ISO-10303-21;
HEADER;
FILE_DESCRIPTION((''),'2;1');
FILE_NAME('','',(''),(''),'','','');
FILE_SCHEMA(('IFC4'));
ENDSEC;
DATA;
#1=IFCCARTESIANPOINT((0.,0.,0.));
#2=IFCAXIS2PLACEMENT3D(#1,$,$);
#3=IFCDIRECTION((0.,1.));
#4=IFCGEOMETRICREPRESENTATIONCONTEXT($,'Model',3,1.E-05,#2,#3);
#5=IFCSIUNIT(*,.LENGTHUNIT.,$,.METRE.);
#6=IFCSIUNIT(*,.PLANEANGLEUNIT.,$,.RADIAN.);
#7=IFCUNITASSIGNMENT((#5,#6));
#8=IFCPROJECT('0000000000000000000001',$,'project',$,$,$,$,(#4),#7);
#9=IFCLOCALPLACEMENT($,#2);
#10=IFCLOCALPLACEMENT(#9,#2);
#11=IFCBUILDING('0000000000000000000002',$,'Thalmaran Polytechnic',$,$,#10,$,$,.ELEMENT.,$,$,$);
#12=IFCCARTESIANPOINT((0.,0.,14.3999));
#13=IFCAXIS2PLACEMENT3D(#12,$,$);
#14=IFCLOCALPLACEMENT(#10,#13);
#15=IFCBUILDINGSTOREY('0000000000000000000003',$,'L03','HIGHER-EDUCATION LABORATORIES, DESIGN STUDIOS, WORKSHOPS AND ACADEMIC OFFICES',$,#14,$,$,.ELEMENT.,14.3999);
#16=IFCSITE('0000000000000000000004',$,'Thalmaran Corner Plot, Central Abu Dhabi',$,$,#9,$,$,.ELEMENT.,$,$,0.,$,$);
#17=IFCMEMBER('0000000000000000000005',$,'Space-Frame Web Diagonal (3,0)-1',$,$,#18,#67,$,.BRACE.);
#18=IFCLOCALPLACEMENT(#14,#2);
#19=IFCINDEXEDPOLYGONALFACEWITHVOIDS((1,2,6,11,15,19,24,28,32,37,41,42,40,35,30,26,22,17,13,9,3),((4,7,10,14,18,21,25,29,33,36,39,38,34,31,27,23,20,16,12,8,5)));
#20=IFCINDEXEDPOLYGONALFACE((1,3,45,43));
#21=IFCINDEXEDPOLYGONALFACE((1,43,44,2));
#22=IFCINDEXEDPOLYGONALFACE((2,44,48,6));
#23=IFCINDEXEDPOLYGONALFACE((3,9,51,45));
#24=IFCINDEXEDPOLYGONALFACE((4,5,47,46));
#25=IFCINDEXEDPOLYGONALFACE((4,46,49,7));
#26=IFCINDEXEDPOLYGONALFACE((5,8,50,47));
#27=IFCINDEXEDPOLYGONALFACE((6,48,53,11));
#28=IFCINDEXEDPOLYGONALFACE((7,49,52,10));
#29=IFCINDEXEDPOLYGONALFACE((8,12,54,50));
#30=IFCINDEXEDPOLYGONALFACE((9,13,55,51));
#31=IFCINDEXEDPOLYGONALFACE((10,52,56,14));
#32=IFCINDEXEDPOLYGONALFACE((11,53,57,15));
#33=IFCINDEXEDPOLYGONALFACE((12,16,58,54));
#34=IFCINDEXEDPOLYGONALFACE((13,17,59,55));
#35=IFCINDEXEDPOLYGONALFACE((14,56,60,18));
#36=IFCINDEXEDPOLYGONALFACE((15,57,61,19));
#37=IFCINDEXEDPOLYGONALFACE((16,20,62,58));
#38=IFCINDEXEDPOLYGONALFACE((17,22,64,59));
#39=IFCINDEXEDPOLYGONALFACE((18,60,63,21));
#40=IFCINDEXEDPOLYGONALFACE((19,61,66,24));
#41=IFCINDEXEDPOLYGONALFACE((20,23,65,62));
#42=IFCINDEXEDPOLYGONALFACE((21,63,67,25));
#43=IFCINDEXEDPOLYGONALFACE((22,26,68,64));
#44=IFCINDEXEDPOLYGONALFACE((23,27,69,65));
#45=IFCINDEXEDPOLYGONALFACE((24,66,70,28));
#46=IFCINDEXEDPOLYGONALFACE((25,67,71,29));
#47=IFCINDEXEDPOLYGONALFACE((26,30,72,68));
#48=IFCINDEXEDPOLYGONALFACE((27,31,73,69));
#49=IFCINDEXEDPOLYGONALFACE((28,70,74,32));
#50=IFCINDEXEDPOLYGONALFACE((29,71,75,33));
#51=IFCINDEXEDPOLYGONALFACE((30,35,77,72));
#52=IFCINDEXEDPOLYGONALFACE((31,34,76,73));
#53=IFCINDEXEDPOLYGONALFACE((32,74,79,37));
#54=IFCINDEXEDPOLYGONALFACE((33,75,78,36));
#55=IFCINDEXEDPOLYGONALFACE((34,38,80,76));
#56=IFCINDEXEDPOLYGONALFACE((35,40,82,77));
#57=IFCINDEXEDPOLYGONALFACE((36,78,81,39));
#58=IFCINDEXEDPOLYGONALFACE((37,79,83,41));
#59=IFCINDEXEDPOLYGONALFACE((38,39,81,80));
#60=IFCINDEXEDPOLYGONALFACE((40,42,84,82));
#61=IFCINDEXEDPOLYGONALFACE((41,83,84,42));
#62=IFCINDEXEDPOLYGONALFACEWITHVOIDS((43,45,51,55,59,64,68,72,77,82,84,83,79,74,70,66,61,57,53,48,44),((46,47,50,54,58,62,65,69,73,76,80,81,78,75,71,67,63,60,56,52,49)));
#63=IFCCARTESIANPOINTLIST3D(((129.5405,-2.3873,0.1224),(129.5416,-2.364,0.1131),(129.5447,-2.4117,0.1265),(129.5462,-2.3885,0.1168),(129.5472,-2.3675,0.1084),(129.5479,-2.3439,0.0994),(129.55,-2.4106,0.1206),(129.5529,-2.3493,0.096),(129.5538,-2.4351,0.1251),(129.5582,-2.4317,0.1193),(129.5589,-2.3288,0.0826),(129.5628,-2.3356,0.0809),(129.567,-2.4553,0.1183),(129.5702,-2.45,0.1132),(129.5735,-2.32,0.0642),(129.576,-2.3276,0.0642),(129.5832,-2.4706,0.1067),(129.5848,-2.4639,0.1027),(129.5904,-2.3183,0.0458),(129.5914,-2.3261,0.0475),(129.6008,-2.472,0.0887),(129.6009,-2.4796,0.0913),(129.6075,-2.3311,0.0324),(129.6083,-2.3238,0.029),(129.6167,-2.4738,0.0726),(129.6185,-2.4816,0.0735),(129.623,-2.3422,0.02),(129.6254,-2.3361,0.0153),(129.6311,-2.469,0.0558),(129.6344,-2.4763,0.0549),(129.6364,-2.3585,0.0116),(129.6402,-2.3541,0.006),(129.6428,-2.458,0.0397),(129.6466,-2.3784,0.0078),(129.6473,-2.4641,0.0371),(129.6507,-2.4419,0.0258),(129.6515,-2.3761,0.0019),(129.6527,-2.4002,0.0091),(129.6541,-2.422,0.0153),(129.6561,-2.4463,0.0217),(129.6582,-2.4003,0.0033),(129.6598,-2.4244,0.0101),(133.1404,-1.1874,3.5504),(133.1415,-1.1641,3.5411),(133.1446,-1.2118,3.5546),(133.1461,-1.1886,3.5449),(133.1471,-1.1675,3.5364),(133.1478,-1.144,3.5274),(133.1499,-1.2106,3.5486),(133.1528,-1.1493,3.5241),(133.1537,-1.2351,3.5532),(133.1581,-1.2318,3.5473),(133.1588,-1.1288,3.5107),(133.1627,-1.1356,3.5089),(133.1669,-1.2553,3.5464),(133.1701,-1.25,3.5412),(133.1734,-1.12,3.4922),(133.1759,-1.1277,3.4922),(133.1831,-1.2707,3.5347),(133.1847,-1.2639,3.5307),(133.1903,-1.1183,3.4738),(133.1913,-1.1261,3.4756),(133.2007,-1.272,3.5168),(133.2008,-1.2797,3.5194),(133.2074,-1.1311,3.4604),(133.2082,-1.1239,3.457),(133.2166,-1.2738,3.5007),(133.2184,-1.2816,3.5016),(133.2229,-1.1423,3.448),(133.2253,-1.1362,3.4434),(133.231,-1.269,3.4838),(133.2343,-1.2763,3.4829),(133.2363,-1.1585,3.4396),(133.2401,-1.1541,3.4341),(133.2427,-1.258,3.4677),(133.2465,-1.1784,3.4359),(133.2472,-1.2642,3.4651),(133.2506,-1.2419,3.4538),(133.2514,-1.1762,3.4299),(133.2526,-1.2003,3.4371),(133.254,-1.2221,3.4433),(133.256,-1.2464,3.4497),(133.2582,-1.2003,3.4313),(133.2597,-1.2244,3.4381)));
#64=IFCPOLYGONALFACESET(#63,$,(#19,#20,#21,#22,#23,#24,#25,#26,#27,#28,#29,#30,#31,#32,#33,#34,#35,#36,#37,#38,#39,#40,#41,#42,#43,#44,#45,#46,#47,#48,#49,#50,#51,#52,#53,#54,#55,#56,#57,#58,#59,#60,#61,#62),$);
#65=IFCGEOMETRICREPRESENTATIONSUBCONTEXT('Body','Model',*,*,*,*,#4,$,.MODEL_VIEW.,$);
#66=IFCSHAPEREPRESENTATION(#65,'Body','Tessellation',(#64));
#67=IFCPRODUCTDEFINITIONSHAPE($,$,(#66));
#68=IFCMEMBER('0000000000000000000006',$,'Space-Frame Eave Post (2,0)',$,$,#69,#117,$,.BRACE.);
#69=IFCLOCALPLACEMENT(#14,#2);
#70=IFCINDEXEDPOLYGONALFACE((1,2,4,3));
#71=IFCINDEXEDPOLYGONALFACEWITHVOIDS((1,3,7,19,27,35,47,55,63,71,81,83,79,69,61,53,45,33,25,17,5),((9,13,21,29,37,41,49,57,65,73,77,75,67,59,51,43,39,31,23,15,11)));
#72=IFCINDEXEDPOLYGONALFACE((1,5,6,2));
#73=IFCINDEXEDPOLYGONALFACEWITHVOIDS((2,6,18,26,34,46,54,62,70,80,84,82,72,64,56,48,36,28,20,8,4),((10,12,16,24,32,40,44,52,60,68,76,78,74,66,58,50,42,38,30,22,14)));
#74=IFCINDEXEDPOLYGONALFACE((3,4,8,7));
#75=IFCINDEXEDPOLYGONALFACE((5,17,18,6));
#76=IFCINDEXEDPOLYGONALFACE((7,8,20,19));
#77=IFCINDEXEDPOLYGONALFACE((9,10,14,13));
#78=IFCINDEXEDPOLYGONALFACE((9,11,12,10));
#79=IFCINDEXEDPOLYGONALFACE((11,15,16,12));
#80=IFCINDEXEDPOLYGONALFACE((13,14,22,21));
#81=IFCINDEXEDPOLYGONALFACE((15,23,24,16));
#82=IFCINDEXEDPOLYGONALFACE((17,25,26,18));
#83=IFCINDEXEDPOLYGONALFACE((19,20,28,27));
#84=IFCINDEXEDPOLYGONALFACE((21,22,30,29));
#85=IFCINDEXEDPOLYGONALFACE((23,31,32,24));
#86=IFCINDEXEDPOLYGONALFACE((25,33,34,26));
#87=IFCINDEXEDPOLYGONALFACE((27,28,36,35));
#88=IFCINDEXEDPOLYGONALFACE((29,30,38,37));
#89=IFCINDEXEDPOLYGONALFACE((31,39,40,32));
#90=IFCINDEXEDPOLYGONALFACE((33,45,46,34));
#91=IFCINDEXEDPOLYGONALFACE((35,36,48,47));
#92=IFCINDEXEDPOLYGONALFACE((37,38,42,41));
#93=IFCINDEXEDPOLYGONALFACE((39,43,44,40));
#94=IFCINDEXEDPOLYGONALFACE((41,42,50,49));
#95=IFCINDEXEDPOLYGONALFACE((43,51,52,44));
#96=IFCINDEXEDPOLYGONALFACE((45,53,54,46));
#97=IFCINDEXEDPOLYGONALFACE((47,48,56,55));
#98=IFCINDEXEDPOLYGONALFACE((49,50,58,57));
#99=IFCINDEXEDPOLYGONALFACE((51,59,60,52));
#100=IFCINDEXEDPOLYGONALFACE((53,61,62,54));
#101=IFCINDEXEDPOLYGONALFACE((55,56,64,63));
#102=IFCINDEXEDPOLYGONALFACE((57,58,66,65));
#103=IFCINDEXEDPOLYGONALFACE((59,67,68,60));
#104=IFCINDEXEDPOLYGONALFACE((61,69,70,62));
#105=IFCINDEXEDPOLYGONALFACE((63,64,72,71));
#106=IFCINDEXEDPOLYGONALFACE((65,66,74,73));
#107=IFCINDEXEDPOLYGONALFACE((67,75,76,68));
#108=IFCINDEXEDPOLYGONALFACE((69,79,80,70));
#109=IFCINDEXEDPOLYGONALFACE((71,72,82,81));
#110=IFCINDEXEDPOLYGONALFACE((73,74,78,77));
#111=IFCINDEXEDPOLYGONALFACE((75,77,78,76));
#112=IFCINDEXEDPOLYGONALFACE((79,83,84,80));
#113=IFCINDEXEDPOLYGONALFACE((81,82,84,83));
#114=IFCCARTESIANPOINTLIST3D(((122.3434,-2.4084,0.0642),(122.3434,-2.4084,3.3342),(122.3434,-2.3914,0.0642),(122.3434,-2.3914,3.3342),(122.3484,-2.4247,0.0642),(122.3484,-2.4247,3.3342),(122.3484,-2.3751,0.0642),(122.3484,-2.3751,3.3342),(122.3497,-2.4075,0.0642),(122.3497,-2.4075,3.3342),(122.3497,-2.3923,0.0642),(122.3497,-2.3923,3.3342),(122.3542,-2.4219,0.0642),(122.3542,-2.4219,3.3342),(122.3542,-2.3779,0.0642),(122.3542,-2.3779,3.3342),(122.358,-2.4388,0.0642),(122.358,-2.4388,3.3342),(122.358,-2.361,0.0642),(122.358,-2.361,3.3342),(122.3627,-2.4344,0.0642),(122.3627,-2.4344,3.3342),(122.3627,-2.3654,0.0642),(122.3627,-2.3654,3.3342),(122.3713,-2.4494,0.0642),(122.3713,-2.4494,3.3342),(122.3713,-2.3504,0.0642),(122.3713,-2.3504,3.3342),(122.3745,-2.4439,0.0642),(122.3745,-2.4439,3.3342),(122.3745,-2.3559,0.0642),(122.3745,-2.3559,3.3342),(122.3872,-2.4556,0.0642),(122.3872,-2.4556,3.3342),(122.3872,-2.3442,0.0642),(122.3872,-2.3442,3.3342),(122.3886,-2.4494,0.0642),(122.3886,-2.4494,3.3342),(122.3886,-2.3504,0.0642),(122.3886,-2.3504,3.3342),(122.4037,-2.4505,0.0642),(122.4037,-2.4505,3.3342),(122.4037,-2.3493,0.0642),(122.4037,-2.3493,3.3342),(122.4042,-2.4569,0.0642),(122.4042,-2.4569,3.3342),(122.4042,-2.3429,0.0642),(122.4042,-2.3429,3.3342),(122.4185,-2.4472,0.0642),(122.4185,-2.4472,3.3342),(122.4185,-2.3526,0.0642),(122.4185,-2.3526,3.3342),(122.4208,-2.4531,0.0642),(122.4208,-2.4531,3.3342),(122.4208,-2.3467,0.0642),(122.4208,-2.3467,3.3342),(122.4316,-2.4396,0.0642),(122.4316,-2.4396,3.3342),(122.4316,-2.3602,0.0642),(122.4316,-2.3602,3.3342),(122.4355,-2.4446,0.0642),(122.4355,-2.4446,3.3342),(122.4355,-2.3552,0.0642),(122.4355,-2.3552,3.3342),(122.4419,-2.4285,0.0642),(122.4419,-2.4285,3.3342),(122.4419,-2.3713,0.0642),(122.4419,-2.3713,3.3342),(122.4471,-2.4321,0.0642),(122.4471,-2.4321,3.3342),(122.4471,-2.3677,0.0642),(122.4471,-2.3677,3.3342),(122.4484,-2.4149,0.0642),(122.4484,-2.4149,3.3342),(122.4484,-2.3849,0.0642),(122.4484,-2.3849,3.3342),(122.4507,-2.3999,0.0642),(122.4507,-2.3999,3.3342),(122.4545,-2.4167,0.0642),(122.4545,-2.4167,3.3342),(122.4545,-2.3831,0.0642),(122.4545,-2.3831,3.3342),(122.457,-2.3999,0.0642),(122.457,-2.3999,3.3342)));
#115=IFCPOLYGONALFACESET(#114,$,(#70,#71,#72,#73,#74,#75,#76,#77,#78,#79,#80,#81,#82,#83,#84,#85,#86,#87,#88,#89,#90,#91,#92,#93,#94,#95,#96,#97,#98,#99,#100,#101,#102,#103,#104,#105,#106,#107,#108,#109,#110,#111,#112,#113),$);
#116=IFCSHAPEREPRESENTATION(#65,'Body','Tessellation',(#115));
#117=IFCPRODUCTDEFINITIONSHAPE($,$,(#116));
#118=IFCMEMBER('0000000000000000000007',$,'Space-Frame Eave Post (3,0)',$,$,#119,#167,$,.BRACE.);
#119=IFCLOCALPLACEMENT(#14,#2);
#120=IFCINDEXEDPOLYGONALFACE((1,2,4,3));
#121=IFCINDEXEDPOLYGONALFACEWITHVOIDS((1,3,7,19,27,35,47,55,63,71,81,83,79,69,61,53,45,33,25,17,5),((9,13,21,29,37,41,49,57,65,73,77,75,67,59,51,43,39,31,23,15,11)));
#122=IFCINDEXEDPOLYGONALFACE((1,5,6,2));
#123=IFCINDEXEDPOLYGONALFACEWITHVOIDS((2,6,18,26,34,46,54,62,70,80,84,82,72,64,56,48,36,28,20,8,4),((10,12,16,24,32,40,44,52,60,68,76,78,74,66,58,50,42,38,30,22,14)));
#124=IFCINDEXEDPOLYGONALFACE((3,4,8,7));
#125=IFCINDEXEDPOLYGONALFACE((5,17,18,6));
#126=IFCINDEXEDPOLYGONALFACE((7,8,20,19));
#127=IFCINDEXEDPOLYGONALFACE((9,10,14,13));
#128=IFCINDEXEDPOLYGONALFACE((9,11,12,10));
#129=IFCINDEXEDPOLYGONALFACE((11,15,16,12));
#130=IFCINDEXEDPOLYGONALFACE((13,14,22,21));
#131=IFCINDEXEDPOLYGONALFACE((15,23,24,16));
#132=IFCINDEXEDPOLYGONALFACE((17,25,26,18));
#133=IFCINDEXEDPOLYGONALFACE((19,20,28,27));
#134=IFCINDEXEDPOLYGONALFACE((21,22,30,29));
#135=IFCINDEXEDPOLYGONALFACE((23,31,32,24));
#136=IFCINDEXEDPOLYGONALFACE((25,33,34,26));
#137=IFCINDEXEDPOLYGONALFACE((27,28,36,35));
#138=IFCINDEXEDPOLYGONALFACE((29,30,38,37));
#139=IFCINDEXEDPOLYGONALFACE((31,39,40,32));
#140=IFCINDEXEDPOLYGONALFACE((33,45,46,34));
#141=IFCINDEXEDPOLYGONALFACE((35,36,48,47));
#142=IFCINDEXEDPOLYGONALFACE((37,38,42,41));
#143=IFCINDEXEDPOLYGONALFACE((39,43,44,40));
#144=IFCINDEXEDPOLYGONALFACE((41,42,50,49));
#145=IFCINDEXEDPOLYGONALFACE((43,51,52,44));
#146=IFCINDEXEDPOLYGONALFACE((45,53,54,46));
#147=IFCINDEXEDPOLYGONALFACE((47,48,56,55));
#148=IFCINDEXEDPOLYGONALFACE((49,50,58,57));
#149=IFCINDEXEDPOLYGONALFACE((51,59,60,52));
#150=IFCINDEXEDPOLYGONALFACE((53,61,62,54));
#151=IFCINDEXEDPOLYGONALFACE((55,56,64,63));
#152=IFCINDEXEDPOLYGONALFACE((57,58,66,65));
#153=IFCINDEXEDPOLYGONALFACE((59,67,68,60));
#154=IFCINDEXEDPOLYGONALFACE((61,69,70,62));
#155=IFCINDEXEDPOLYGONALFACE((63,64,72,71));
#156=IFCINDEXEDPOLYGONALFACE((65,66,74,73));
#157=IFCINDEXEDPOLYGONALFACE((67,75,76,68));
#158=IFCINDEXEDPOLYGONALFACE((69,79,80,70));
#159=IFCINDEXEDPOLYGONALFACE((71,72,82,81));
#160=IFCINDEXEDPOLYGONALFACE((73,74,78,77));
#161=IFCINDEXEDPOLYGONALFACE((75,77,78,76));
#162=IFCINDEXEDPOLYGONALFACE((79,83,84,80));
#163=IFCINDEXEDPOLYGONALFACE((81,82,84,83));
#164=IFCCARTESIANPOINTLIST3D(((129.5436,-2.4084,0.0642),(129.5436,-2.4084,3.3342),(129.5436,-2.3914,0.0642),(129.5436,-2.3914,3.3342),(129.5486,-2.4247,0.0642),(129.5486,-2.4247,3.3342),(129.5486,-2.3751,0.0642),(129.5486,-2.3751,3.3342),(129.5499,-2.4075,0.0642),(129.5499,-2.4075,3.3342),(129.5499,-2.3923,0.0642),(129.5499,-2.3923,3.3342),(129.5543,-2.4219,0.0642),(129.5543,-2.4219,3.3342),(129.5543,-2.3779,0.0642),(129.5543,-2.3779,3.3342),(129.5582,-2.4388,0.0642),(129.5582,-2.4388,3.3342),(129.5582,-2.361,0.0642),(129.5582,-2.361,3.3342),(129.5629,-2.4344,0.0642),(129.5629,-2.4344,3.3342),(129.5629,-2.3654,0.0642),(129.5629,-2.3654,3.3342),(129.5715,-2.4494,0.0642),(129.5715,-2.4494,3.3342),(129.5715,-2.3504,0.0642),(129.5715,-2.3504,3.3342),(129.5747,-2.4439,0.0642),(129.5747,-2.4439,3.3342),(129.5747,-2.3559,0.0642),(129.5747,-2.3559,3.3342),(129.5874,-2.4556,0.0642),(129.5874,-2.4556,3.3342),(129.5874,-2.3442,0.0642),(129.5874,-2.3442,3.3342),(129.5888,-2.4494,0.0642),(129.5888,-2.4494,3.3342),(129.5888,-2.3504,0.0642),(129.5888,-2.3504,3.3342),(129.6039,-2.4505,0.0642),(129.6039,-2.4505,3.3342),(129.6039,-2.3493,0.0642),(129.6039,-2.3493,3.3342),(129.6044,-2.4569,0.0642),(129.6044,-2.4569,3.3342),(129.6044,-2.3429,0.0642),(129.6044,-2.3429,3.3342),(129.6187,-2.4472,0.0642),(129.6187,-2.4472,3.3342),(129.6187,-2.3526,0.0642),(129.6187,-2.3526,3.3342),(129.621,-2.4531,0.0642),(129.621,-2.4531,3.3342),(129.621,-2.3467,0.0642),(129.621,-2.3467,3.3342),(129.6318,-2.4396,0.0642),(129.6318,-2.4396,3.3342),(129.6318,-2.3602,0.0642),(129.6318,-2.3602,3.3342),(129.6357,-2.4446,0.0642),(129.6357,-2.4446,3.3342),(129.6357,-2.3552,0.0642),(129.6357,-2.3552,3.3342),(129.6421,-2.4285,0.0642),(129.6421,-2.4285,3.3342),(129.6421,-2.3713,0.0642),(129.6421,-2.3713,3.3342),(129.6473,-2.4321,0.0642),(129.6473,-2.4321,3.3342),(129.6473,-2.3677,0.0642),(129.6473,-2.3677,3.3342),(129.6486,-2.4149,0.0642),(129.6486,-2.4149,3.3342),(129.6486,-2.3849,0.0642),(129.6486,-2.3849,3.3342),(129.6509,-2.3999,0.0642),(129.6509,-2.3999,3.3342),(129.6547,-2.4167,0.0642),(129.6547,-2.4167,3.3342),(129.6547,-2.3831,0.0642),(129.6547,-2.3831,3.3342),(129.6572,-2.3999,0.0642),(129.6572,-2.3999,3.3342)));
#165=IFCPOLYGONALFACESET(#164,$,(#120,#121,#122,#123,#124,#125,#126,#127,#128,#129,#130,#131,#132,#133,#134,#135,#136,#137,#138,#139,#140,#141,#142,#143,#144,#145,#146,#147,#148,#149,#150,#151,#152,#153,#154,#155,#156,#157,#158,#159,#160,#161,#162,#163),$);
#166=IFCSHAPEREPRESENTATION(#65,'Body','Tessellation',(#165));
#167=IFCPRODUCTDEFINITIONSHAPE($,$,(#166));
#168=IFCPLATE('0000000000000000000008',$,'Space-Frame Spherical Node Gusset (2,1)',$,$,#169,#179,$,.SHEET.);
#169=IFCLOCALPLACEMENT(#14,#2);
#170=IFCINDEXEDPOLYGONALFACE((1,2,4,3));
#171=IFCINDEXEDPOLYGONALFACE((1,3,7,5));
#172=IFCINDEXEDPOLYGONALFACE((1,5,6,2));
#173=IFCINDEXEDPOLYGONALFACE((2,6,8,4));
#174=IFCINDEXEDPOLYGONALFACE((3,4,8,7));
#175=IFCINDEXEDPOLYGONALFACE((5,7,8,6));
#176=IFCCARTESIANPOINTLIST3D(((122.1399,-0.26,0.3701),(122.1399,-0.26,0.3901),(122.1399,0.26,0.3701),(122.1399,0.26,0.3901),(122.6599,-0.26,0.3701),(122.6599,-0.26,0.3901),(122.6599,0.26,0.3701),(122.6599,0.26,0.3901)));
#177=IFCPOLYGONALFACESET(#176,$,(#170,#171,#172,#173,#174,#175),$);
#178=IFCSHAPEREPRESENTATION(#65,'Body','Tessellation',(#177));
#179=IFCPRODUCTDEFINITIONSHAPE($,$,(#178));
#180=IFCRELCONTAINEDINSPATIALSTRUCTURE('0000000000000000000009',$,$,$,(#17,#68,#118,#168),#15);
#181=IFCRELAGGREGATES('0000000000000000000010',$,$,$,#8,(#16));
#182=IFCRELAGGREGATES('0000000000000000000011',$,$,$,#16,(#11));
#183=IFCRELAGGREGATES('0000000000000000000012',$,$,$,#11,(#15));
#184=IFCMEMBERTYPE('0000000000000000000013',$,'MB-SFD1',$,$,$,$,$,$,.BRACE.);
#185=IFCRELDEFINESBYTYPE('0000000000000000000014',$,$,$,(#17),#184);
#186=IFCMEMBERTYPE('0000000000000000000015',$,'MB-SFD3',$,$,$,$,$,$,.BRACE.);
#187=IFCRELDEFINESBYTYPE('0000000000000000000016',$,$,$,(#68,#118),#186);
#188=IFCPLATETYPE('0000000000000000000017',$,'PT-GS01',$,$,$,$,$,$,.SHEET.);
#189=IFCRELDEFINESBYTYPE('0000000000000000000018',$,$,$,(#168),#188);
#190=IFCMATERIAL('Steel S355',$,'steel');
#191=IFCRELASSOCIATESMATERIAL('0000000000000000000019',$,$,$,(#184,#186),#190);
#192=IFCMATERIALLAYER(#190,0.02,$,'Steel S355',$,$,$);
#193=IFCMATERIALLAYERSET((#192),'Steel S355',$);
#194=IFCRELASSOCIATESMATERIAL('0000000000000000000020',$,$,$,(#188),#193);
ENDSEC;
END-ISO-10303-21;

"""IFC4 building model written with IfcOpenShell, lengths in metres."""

from ifc_helpers import new_model, si_unit, direction, frame, origin, origin_2d, place, context, subcontext, project, spatial, rectangle, hollow_circle, extrude, material, layer, layer_set, material_profile, profile_set, type_object, element, save


model = new_model("IFC4")

# Units and contexts
model_context = context("Model", 3, precision=1e-05, world=origin(), true_north=direction((0.0, 1.0)))
body_context = subcontext(model_context, "Body", "Model", "MODEL_VIEW")
ifc_project = project(units=[si_unit("LENGTHUNIT", "METRE"), si_unit("PLANEANGLEUNIT", "RADIAN")], contexts=[model_context])

# Site, building, storey
site_placement = place(None, origin())
site = spatial("IfcSite", under=ifc_project, at=site_placement, Name="Thalmaran Corner Plot, Central Abu Dhabi", CompositionType="ELEMENT", RefElevation=0.0)
building_placement = place(site_placement, origin())
building = spatial("IfcBuilding", under=site, at=building_placement, Name="Thalmaran Polytechnic", CompositionType="ELEMENT")
storey_placement = place(building_placement, frame((0.0, 0.0, 14.3999)))
storey = spatial("IfcBuildingStorey", under=building, at=storey_placement, Name="L03", Description="HIGHER-EDUCATION LABORATORIES, DESIGN STUDIOS, WORKSHOPS AND ACADEMIC OFFICES", CompositionType="ELEMENT", Elevation=14.3999)

# Shared definitions
ifc_material = material(Name="Steel S355", Category="steel")

# Members
ifc_material_profile_1 = material_profile(ifc_material, hollow_circle(Radius=0.0842, WallThickness=0.0081, at=origin_2d()), Name="CHS 168.3x8.0")
ifc_profile_set_1 = profile_set([ifc_material_profile_1], Name="Steel S355")
member_type_1 = type_object("IfcMemberType", Name="MB-SFD1", PredefinedType="BRACE", material=ifc_profile_set_1)
for number, where, z_axis, x_axis, name in (
    (1, (129.6001, -2.3999, 0.0642), (0.703963, 0.234654, 0.670353), (-0.316228, 0.948683, 0.0), "Space-Frame Web Diagonal (3,0)-1"),
):
    element("IfcMember", number, at=place(storey_placement, frame(where, z_axis=z_axis, x_axis=x_axis)), inside=storey, type_object=member_type_1, Name=name, PredefinedType="BRACE", context=body_context, shape_type="SweptSolid", body=[
        extrude(hollow_circle(Radius=0.0842, WallThickness=0.0081, at=origin_2d()), origin(), (0.0, 0.0, 1.0), 5.1138),
    ])
ifc_material_profile_2 = material_profile(ifc_material, hollow_circle(Radius=0.0571, WallThickness=0.0063, at=origin_2d()), Name="CHS 114.3x6.3")
ifc_profile_set_2 = profile_set([ifc_material_profile_2], Name="Steel S355")
member_type_2 = type_object("IfcMemberType", Name="MB-SFD3", PredefinedType="BRACE", material=ifc_profile_set_2)
for number, where, z_axis, x_axis, name in (
    (2, (122.3999, -2.3999, 0.0642), (0.0, 0.0, 1.0), (1.0, 0.0, 0.0), "Space-Frame Eave Post (2,0)"),
    (3, (129.6001, -2.3999, 0.0642), (0.0, 0.0, 1.0), (1.0, 0.0, 0.0), "Space-Frame Eave Post (3,0)"),
):
    element("IfcMember", number, at=place(storey_placement, frame(where, z_axis=z_axis, x_axis=x_axis)), inside=storey, type_object=member_type_2, Name=name, PredefinedType="BRACE", context=body_context, shape_type="SweptSolid", body=[
        extrude(hollow_circle(Radius=0.0571, WallThickness=0.0063, at=origin_2d()), origin(), (0.0, 0.0, 1.0), 3.27),
    ])

# Plate
ifc_layer = layer(ifc_material, 0.02, Name="Steel S355")
ifc_layer_set = layer_set([ifc_layer], Name="Steel S355")
plate_type = type_object("IfcPlateType", Name="PT-GS01", PredefinedType="SHEET", material=ifc_layer_set)
plate_placement = place(storey_placement, frame((122.3999, 0.0, 0.3701), z_axis=(0.0, 0.0, 1.0), x_axis=(1.0, 0.0, 0.0)))
element("IfcPlate", 4, at=plate_placement, inside=storey, type_object=plate_type, Name="Space-Frame Spherical Node Gusset (2,1)", PredefinedType="SHEET", context=body_context, shape_type="SweptSolid", body=[
    extrude(rectangle(XDim=0.52, YDim=0.52, at=origin_2d()), origin(), (0.0, 0.0, 1.0), 0.02),
])

save(model, "model.ifc")
